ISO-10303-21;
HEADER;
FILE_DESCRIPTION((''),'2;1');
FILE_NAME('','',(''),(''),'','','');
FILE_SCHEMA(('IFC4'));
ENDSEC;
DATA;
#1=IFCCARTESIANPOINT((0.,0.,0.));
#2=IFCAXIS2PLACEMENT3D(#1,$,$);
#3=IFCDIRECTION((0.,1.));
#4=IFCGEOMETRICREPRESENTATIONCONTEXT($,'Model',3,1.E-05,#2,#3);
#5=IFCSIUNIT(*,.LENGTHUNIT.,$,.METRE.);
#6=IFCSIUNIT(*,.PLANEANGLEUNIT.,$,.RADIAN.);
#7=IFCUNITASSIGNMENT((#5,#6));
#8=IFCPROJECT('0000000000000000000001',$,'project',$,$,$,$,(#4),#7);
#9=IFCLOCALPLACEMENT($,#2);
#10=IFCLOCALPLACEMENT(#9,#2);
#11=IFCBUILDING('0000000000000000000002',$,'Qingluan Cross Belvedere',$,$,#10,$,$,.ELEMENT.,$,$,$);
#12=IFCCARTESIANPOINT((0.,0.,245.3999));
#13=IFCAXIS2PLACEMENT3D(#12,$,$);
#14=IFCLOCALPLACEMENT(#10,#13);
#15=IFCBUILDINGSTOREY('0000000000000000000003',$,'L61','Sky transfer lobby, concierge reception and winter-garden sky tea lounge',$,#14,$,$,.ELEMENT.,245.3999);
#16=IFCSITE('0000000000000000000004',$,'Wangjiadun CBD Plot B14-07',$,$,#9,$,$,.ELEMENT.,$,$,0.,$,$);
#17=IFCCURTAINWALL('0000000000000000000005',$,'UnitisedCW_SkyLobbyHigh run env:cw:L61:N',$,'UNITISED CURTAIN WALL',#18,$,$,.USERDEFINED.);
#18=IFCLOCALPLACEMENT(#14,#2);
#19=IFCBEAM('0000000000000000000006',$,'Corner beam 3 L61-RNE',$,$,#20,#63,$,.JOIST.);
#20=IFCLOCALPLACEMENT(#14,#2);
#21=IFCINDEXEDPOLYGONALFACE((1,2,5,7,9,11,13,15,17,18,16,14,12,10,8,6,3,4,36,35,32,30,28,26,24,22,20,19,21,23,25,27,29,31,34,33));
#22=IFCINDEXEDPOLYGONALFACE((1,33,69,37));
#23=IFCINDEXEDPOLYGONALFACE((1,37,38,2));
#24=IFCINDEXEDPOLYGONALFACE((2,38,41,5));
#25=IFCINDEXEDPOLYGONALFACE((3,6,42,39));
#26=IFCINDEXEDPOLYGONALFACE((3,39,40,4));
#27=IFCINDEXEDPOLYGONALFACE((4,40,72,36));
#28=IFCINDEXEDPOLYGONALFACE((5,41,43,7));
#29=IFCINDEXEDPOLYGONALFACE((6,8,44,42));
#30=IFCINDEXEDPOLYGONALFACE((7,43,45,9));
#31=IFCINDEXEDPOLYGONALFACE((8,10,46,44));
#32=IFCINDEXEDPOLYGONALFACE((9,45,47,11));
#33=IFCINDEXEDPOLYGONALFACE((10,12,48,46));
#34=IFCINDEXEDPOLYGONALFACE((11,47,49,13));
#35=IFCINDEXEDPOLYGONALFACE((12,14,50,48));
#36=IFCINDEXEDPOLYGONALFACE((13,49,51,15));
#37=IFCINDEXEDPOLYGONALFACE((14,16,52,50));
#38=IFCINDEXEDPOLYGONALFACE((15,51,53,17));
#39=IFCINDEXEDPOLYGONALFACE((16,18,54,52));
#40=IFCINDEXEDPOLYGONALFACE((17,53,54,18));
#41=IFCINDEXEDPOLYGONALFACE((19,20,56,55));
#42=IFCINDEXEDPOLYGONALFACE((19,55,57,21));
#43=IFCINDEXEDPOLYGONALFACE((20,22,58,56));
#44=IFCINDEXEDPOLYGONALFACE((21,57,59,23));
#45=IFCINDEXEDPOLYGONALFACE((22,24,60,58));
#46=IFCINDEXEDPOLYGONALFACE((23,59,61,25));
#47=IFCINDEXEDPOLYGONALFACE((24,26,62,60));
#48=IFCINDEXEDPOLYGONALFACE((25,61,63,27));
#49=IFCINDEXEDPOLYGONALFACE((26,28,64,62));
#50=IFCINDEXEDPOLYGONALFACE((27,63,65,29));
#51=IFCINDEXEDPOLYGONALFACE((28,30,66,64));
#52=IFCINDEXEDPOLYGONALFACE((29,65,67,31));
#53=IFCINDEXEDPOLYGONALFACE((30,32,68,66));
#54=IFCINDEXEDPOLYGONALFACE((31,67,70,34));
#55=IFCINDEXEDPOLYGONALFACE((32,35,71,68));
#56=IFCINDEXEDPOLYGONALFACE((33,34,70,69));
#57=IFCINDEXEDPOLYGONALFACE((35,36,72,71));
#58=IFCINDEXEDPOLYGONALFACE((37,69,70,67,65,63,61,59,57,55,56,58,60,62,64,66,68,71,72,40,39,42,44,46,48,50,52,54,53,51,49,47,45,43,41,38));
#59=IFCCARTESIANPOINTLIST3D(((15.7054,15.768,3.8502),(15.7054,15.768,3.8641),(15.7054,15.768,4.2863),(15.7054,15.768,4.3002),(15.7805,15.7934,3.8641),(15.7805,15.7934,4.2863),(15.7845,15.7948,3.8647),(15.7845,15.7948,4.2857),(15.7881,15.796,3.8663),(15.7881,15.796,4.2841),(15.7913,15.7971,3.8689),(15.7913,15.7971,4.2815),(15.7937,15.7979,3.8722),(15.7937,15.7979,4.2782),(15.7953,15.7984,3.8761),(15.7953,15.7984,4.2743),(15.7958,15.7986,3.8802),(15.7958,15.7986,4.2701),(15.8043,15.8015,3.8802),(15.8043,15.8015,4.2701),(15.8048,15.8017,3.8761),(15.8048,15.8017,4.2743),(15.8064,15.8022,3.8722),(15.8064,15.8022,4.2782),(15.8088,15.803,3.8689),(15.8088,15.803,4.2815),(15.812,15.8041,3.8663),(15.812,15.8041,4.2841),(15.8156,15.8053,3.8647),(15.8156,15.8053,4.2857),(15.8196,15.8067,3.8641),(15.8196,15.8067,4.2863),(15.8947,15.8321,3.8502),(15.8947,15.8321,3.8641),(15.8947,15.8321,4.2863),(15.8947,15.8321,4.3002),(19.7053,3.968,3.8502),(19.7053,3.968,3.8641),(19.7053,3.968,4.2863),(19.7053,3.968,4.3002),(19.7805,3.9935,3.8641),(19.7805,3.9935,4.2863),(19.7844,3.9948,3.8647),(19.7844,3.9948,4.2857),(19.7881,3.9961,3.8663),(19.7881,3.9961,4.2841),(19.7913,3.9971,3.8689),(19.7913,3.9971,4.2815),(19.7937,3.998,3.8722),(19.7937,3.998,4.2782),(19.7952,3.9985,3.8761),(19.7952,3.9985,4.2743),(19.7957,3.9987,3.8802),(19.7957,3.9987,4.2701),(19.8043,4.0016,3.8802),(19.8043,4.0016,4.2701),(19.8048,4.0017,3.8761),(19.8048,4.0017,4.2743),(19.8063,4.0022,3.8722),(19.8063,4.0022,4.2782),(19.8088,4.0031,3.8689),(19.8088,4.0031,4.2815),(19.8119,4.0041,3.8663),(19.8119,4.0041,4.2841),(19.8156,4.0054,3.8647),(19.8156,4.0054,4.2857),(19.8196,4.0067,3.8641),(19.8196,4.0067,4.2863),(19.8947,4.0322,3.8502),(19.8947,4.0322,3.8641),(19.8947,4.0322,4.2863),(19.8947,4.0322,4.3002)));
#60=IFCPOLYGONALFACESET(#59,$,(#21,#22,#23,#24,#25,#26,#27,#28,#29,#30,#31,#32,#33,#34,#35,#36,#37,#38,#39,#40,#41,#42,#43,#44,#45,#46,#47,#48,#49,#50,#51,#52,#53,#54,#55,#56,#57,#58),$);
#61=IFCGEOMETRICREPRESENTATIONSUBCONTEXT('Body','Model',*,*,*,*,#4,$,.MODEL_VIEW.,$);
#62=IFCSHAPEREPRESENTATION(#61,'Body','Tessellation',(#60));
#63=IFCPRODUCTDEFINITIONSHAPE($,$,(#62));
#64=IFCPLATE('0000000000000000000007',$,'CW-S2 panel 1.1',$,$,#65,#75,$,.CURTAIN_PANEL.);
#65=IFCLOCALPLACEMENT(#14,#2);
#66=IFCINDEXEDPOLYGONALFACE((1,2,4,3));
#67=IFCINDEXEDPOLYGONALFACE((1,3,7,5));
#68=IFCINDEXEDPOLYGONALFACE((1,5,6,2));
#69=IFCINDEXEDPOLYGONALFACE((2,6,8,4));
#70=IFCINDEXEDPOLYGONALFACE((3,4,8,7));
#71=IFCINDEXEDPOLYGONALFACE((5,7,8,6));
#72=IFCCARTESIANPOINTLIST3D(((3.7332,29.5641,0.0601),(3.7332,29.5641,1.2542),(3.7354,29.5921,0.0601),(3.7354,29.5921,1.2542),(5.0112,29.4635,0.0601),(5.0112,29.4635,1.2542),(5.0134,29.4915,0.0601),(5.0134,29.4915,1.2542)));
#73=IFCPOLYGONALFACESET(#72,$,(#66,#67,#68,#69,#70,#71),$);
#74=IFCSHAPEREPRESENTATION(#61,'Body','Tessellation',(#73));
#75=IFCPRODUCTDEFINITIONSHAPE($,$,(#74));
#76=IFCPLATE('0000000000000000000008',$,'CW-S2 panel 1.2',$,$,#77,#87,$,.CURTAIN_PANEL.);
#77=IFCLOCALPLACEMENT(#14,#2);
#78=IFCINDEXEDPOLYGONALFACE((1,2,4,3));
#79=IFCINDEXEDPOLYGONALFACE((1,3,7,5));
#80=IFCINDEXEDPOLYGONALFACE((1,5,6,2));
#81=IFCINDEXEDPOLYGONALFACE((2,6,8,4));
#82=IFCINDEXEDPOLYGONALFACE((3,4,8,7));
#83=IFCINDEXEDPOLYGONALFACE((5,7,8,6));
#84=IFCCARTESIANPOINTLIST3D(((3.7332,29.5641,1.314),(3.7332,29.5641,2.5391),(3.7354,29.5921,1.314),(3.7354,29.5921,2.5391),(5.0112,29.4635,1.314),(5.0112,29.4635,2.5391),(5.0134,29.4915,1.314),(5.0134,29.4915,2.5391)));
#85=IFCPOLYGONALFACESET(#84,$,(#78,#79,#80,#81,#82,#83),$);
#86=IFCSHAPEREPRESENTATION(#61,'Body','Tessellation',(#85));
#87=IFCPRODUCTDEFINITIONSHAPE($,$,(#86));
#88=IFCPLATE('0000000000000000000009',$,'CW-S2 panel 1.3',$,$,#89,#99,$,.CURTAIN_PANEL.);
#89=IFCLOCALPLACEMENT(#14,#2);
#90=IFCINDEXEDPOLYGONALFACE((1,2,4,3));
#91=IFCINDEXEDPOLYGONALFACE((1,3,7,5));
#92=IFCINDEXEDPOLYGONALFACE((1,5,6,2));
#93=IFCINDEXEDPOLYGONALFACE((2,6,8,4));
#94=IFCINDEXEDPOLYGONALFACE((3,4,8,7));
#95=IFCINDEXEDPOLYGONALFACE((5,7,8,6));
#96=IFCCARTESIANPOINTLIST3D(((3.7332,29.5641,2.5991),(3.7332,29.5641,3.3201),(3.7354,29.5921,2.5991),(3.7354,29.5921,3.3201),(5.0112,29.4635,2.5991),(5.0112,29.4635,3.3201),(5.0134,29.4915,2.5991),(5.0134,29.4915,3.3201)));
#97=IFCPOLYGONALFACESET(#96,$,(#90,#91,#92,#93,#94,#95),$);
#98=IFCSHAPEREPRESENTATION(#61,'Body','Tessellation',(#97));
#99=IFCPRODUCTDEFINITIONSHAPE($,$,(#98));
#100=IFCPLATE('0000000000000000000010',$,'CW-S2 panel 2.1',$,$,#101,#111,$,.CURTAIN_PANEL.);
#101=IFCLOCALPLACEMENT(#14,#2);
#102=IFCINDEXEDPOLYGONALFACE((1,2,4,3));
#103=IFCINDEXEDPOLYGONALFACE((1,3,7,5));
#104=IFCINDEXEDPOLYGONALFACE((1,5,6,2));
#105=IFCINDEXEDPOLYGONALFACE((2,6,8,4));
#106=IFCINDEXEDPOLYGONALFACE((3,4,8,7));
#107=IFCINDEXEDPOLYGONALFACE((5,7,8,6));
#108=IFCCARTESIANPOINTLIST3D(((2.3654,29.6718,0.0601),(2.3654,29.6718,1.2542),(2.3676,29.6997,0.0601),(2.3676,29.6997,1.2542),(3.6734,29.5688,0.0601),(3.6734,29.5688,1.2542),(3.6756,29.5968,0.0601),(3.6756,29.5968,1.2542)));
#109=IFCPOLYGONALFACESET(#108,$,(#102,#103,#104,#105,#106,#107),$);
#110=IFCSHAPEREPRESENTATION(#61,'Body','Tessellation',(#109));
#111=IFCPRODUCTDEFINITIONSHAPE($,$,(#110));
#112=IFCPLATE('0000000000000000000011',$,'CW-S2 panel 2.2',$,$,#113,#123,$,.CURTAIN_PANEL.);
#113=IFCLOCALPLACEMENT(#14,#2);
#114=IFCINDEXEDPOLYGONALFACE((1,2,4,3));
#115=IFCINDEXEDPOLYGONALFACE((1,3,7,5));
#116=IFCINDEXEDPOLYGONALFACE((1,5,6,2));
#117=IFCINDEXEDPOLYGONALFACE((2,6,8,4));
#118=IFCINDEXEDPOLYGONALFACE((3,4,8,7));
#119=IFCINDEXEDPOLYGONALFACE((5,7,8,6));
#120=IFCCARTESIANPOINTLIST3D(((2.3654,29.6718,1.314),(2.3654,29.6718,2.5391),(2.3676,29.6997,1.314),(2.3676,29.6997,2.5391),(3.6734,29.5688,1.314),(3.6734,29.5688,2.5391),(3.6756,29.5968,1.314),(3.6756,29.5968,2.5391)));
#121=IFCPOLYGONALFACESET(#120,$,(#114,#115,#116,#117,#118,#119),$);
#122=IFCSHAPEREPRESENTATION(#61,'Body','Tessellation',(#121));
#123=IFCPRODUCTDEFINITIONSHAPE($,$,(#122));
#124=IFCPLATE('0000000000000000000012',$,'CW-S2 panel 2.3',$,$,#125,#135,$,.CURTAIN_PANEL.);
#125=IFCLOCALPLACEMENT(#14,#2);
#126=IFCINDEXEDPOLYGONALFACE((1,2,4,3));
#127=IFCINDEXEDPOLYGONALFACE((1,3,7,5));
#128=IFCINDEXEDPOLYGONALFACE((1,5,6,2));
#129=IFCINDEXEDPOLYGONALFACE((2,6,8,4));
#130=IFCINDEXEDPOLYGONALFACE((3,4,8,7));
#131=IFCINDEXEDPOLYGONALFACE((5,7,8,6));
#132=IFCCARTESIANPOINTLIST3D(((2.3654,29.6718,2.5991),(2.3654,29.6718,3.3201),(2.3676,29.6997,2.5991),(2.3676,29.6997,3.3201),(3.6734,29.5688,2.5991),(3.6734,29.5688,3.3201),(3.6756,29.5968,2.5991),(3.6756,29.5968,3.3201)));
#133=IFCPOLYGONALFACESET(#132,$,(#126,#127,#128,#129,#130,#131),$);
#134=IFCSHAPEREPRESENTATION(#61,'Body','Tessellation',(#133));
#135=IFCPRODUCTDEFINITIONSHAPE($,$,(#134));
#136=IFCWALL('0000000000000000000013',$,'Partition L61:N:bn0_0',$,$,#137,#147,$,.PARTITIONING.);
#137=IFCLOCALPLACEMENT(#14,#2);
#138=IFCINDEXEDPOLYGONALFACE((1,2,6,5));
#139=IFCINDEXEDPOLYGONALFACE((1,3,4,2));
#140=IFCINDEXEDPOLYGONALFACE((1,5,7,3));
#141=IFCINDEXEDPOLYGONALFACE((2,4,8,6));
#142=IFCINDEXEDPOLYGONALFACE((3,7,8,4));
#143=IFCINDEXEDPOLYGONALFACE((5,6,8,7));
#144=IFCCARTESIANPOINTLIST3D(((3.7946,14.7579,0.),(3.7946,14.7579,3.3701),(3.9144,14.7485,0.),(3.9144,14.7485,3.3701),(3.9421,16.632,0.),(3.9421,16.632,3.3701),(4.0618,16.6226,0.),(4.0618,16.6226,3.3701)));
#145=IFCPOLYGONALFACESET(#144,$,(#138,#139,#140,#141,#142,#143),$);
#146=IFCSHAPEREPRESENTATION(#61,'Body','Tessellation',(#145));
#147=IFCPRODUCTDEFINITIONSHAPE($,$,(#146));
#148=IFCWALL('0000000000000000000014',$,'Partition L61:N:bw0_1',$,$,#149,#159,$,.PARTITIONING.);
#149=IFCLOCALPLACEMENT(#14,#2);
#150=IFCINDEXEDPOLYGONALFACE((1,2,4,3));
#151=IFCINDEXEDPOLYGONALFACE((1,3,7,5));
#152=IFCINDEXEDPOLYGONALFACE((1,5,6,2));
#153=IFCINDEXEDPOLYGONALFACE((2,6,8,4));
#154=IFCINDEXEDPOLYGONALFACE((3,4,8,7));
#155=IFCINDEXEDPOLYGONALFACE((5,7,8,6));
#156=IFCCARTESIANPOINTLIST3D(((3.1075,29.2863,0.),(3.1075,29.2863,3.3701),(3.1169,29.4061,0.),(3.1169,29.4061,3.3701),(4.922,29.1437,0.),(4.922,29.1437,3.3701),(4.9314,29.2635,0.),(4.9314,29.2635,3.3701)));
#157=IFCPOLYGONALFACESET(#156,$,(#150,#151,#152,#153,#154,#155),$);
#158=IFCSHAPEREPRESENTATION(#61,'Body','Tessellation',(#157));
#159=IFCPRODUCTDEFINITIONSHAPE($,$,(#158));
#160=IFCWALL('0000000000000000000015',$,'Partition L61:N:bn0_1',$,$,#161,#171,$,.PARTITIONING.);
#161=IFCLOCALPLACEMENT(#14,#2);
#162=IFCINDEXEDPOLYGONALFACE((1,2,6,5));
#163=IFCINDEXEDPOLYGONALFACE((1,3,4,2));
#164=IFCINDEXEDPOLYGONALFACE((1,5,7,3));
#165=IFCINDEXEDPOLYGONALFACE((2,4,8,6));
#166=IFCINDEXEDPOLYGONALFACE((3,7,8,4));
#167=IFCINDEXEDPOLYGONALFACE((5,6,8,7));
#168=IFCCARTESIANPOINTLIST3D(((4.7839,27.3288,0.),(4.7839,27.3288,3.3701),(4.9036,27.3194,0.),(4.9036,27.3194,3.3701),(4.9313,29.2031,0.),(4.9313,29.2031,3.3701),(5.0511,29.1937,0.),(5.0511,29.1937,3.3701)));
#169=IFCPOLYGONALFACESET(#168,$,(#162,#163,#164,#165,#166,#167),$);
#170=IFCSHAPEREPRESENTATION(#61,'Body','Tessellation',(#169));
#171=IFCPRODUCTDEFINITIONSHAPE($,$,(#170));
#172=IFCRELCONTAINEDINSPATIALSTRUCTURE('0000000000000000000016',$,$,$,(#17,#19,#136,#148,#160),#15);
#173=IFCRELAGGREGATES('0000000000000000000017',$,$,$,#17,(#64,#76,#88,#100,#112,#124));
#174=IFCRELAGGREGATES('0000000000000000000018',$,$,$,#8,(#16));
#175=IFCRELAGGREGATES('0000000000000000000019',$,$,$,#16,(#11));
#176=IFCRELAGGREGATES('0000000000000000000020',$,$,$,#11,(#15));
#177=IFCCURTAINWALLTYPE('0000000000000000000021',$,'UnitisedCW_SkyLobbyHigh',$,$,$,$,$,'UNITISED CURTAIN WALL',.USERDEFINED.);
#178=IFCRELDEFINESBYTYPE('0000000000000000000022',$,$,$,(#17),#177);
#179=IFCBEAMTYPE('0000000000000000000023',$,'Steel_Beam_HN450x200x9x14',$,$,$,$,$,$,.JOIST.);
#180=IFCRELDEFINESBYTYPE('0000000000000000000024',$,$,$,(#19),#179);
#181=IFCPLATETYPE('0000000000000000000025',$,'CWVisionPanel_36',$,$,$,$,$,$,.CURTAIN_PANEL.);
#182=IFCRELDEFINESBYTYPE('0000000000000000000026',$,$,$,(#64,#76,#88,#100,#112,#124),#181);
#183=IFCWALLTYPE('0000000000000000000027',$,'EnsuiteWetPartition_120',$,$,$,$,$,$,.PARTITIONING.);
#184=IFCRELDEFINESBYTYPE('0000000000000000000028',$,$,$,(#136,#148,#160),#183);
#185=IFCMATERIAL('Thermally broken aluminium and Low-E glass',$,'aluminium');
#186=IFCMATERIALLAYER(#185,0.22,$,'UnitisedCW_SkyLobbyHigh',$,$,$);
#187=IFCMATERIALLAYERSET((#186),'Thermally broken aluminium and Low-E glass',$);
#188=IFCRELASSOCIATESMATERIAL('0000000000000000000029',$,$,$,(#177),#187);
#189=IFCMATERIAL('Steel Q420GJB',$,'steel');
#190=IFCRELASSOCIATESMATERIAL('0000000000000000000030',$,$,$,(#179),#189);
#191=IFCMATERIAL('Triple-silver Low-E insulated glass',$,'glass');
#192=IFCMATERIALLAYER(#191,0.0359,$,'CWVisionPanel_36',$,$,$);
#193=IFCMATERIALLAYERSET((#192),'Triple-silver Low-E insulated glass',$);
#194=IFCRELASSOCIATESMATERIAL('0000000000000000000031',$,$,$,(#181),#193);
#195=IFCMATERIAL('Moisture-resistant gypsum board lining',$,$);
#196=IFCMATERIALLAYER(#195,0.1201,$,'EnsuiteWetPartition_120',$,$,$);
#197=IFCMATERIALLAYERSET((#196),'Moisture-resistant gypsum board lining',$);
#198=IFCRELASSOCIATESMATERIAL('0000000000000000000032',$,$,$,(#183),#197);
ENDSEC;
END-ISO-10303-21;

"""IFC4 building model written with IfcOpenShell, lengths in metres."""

from ifc_helpers import new_model, si_unit, direction, frame, frame_2d, origin, origin_2d, place, context, subcontext, project, spatial, rectangle, i_section, extrude, material, layer, layer_set, material_profile, profile_set, type_object, element, aggregate, save


model = new_model("IFC4")

# Units and contexts
model_context = context("Model", 3, precision=1e-05, world=origin(), true_north=direction((0.0, 1.0)))
body_context = subcontext(model_context, "Body", "Model", "MODEL_VIEW")
ifc_project = project(units=[si_unit("LENGTHUNIT", "METRE"), si_unit("PLANEANGLEUNIT", "RADIAN")], contexts=[model_context])

# Site, building, storey
site_placement = place(None, origin())
site = spatial("IfcSite", under=ifc_project, at=site_placement, Name="Wangjiadun CBD Plot B14-07", CompositionType="ELEMENT", RefElevation=0.0)
building_placement = place(site_placement, origin())
building = spatial("IfcBuilding", under=site, at=building_placement, Name="Qingluan Cross Belvedere", CompositionType="ELEMENT")
storey_placement = place(building_placement, frame((0.0, 0.0, 245.3999)))
storey = spatial("IfcBuildingStorey", under=building, at=storey_placement, Name="L61", Description="Sky transfer lobby, concierge reception and winter-garden sky tea lounge", CompositionType="ELEMENT", Elevation=245.3999)

# Curtain wall
ifc_material_1 = material(Name="Thermally broken aluminium and Low-E glass", Category="aluminium")
ifc_layer_1 = layer(ifc_material_1, 0.22, Name="UnitisedCW_SkyLobbyHigh")
ifc_layer_set_1 = layer_set([ifc_layer_1], Name="Thermally broken aluminium and Low-E glass")
curtain_wall_type = type_object("IfcCurtainWallType", Name="UnitisedCW_SkyLobbyHigh", ElementType="UNITISED CURTAIN WALL", PredefinedType="USERDEFINED", material=ifc_layer_set_1)
curtain_wall_placement = place(storey_placement, origin())
curtain_wall = element("IfcCurtainWall", 1, at=curtain_wall_placement, inside=storey, type_object=curtain_wall_type, Name="UnitisedCW_SkyLobbyHigh run env:cw:L61:N", ObjectType="UNITISED CURTAIN WALL", PredefinedType="USERDEFINED")

# Beam
ifc_material_2 = material(Name="Steel Q420GJB", Category="steel")
ifc_material_profile_1 = material_profile(ifc_material_2, i_section(OverallWidth=0.2, OverallDepth=0.45, WebThickness=0.009, FlangeThickness=0.0139, FilletRadius=0.0161, at=origin_2d()), Name="HN450x200x9x14")
ifc_profile_set_1 = profile_set([ifc_material_profile_1], Name="Steel Q420GJB")
beam_type = type_object("IfcBeamType", Name="Steel_Beam_HN450x200x9x14", PredefinedType="JOIST", material=ifc_profile_set_1)
for number, where, z_axis, x_axis, name in (
    (2, (15.8, 15.8, 4.0752), (0.321038, -0.947066, 0.0), (0.947066, 0.321038, 0.0), "Corner beam 3 L61-RNE"),
):
    element("IfcBeam", number, at=place(storey_placement, frame(where, z_axis=z_axis, x_axis=x_axis)), inside=storey, type_object=beam_type, Name=name, PredefinedType="JOIST", context=body_context, shape_type="SweptSolid", body=[
        extrude(i_section(OverallWidth=0.2, OverallDepth=0.45, WebThickness=0.009, FlangeThickness=0.0139, FilletRadius=0.0161, at=origin_2d()), origin(), (0.0, 0.0, 1.0), 12.4595),
    ])

# Plates
ifc_material_3 = material(Name="Triple-silver Low-E insulated glass", Category="glass")
ifc_layer_2 = layer(ifc_material_3, 0.0359, Name="CWVisionPanel_36")
ifc_layer_set_2 = layer_set([ifc_layer_2], Name="Triple-silver Low-E insulated glass")
plate_type = type_object("IfcPlateType", Name="CWVisionPanel_36", PredefinedType="CURTAIN_PANEL", material=ifc_layer_set_2)
plate_1_placement = place(storey_placement, frame((4.3733, 29.5278, 0.0601), z_axis=(0.0, 0.0, 1.0), x_axis=(-0.996917, 0.078462, 0.0)))
plate_1 = element("IfcPlate", 3, at=plate_1_placement, type_object=plate_type, Name="CW-S2 panel 1.1", PredefinedType="CURTAIN_PANEL", context=body_context, shape_type="SweptSolid", body=[
    extrude(rectangle(XDim=1.282, YDim=0.0281, at=origin_2d()), origin(), (0.0, 0.0, 1.0), 1.1941),
])
plate_2_placement = place(storey_placement, frame((4.3733, 29.5278, 1.314), z_axis=(0.0, 0.0, 1.0), x_axis=(-0.996917, 0.078462, 0.0)))
plate_2 = element("IfcPlate", 4, at=plate_2_placement, type_object=plate_type, Name="CW-S2 panel 1.2", PredefinedType="CURTAIN_PANEL", context=body_context, shape_type="SweptSolid", body=[
    extrude(rectangle(XDim=1.282, YDim=0.0281, at=origin_2d()), origin(), (0.0, 0.0, 1.0), 1.2251),
])
plate_3_placement = place(storey_placement, frame((4.3733, 29.5278, 2.5991), z_axis=(0.0, 0.0, 1.0), x_axis=(-0.996917, 0.078462, 0.0)))
plate_3 = element("IfcPlate", 5, at=plate_3_placement, type_object=plate_type, Name="CW-S2 panel 1.3", PredefinedType="CURTAIN_PANEL", context=body_context, shape_type="SweptSolid", body=[
    extrude(rectangle(XDim=1.282, YDim=0.0281, at=origin_2d()), origin(), (0.0, 0.0, 1.0), 0.7209),
])
plate_4_placement = place(storey_placement, frame((3.0205, 29.6343, 0.0601), z_axis=(0.0, 0.0, 1.0), x_axis=(-0.996917, 0.078462, 0.0)))
plate_4 = element("IfcPlate", 6, at=plate_4_placement, type_object=plate_type, Name="CW-S2 panel 2.1", PredefinedType="CURTAIN_PANEL", context=body_context, shape_type="SweptSolid", body=[
    extrude(rectangle(XDim=1.312, YDim=0.0281, at=origin_2d()), origin(), (0.0, 0.0, 1.0), 1.1941),
])
plate_5_placement = place(storey_placement, frame((3.0205, 29.6343, 1.314), z_axis=(0.0, 0.0, 1.0), x_axis=(-0.996917, 0.078462, 0.0)))
plate_5 = element("IfcPlate", 7, at=plate_5_placement, type_object=plate_type, Name="CW-S2 panel 2.2", PredefinedType="CURTAIN_PANEL", context=body_context, shape_type="SweptSolid", body=[
    extrude(rectangle(XDim=1.312, YDim=0.0281, at=origin_2d()), origin(), (0.0, 0.0, 1.0), 1.2251),
])
plate_6_placement = place(storey_placement, frame((3.0205, 29.6343, 2.5991), z_axis=(0.0, 0.0, 1.0), x_axis=(-0.996917, 0.078462, 0.0)))
plate_6 = element("IfcPlate", 8, at=plate_6_placement, type_object=plate_type, Name="CW-S2 panel 2.3", PredefinedType="CURTAIN_PANEL", context=body_context, shape_type="SweptSolid", body=[
    extrude(rectangle(XDim=1.312, YDim=0.0281, at=origin_2d()), origin(), (0.0, 0.0, 1.0), 0.7209),
])
aggregate(curtain_wall, [plate_1, plate_2, plate_3, plate_4, plate_5, plate_6])

# Walls
ifc_material_4 = material(Name="Moisture-resistant gypsum board lining")
ifc_layer_3 = layer(ifc_material_4, 0.1201, Name="EnsuiteWetPartition_120")
ifc_layer_set_3 = layer_set([ifc_layer_3], Name="Moisture-resistant gypsum board lining")
wall_type_1 = type_object("IfcWallType", Name="EnsuiteWetPartition_120", PredefinedType="PARTITIONING", material=ifc_layer_set_3)
wall_1_placement = place(storey_placement, frame((3.8545, 14.7532, 0.0), z_axis=(0.0, 0.0, 1.0), x_axis=(0.078444, 0.996918, 0.0)))
element("IfcWall", 9, at=wall_1_placement, inside=storey, type_object=wall_type_1, Name="Partition L61:N:bn0_0", PredefinedType="PARTITIONING", context=body_context, shape_type="SweptSolid", body=[
    extrude(rectangle(XDim=1.8799, YDim=0.1201, at=frame_2d((0.9399, 0.0))), origin(), (0.0, 0.0, 1.0), 3.3701),
])
wall_2_placement = place(storey_placement, frame((3.1121, 29.3462, 0.0), z_axis=(0.0, 0.0, 1.0), x_axis=(0.996927, -0.078338, 0.0)))
element("IfcWall", 10, at=wall_2_placement, inside=storey, type_object=wall_type_1, Name="Partition L61:N:bw0_1", PredefinedType="PARTITIONING", context=body_context, shape_type="SweptSolid", body=[
    extrude(rectangle(XDim=1.8201, YDim=0.1201, at=frame_2d((0.9102, 0.0))), origin(), (0.0, 0.0, 1.0), 3.3701),
])
wall_3_placement = place(storey_placement, frame((4.8438, 27.3242, 0.0), z_axis=(0.0, 0.0, 1.0), x_axis=(0.078434, 0.996919, 0.0)))
element("IfcWall", 11, at=wall_3_placement, inside=storey, type_object=wall_type_1, Name="Partition L61:N:bn0_1", PredefinedType="PARTITIONING", context=body_context, shape_type="SweptSolid", body=[
    extrude(rectangle(XDim=1.8801, YDim=0.1201, at=frame_2d((0.9399, 0.0))), origin(), (0.0, 0.0, 1.0), 3.3701),
])

save(model, "model.ifc")
